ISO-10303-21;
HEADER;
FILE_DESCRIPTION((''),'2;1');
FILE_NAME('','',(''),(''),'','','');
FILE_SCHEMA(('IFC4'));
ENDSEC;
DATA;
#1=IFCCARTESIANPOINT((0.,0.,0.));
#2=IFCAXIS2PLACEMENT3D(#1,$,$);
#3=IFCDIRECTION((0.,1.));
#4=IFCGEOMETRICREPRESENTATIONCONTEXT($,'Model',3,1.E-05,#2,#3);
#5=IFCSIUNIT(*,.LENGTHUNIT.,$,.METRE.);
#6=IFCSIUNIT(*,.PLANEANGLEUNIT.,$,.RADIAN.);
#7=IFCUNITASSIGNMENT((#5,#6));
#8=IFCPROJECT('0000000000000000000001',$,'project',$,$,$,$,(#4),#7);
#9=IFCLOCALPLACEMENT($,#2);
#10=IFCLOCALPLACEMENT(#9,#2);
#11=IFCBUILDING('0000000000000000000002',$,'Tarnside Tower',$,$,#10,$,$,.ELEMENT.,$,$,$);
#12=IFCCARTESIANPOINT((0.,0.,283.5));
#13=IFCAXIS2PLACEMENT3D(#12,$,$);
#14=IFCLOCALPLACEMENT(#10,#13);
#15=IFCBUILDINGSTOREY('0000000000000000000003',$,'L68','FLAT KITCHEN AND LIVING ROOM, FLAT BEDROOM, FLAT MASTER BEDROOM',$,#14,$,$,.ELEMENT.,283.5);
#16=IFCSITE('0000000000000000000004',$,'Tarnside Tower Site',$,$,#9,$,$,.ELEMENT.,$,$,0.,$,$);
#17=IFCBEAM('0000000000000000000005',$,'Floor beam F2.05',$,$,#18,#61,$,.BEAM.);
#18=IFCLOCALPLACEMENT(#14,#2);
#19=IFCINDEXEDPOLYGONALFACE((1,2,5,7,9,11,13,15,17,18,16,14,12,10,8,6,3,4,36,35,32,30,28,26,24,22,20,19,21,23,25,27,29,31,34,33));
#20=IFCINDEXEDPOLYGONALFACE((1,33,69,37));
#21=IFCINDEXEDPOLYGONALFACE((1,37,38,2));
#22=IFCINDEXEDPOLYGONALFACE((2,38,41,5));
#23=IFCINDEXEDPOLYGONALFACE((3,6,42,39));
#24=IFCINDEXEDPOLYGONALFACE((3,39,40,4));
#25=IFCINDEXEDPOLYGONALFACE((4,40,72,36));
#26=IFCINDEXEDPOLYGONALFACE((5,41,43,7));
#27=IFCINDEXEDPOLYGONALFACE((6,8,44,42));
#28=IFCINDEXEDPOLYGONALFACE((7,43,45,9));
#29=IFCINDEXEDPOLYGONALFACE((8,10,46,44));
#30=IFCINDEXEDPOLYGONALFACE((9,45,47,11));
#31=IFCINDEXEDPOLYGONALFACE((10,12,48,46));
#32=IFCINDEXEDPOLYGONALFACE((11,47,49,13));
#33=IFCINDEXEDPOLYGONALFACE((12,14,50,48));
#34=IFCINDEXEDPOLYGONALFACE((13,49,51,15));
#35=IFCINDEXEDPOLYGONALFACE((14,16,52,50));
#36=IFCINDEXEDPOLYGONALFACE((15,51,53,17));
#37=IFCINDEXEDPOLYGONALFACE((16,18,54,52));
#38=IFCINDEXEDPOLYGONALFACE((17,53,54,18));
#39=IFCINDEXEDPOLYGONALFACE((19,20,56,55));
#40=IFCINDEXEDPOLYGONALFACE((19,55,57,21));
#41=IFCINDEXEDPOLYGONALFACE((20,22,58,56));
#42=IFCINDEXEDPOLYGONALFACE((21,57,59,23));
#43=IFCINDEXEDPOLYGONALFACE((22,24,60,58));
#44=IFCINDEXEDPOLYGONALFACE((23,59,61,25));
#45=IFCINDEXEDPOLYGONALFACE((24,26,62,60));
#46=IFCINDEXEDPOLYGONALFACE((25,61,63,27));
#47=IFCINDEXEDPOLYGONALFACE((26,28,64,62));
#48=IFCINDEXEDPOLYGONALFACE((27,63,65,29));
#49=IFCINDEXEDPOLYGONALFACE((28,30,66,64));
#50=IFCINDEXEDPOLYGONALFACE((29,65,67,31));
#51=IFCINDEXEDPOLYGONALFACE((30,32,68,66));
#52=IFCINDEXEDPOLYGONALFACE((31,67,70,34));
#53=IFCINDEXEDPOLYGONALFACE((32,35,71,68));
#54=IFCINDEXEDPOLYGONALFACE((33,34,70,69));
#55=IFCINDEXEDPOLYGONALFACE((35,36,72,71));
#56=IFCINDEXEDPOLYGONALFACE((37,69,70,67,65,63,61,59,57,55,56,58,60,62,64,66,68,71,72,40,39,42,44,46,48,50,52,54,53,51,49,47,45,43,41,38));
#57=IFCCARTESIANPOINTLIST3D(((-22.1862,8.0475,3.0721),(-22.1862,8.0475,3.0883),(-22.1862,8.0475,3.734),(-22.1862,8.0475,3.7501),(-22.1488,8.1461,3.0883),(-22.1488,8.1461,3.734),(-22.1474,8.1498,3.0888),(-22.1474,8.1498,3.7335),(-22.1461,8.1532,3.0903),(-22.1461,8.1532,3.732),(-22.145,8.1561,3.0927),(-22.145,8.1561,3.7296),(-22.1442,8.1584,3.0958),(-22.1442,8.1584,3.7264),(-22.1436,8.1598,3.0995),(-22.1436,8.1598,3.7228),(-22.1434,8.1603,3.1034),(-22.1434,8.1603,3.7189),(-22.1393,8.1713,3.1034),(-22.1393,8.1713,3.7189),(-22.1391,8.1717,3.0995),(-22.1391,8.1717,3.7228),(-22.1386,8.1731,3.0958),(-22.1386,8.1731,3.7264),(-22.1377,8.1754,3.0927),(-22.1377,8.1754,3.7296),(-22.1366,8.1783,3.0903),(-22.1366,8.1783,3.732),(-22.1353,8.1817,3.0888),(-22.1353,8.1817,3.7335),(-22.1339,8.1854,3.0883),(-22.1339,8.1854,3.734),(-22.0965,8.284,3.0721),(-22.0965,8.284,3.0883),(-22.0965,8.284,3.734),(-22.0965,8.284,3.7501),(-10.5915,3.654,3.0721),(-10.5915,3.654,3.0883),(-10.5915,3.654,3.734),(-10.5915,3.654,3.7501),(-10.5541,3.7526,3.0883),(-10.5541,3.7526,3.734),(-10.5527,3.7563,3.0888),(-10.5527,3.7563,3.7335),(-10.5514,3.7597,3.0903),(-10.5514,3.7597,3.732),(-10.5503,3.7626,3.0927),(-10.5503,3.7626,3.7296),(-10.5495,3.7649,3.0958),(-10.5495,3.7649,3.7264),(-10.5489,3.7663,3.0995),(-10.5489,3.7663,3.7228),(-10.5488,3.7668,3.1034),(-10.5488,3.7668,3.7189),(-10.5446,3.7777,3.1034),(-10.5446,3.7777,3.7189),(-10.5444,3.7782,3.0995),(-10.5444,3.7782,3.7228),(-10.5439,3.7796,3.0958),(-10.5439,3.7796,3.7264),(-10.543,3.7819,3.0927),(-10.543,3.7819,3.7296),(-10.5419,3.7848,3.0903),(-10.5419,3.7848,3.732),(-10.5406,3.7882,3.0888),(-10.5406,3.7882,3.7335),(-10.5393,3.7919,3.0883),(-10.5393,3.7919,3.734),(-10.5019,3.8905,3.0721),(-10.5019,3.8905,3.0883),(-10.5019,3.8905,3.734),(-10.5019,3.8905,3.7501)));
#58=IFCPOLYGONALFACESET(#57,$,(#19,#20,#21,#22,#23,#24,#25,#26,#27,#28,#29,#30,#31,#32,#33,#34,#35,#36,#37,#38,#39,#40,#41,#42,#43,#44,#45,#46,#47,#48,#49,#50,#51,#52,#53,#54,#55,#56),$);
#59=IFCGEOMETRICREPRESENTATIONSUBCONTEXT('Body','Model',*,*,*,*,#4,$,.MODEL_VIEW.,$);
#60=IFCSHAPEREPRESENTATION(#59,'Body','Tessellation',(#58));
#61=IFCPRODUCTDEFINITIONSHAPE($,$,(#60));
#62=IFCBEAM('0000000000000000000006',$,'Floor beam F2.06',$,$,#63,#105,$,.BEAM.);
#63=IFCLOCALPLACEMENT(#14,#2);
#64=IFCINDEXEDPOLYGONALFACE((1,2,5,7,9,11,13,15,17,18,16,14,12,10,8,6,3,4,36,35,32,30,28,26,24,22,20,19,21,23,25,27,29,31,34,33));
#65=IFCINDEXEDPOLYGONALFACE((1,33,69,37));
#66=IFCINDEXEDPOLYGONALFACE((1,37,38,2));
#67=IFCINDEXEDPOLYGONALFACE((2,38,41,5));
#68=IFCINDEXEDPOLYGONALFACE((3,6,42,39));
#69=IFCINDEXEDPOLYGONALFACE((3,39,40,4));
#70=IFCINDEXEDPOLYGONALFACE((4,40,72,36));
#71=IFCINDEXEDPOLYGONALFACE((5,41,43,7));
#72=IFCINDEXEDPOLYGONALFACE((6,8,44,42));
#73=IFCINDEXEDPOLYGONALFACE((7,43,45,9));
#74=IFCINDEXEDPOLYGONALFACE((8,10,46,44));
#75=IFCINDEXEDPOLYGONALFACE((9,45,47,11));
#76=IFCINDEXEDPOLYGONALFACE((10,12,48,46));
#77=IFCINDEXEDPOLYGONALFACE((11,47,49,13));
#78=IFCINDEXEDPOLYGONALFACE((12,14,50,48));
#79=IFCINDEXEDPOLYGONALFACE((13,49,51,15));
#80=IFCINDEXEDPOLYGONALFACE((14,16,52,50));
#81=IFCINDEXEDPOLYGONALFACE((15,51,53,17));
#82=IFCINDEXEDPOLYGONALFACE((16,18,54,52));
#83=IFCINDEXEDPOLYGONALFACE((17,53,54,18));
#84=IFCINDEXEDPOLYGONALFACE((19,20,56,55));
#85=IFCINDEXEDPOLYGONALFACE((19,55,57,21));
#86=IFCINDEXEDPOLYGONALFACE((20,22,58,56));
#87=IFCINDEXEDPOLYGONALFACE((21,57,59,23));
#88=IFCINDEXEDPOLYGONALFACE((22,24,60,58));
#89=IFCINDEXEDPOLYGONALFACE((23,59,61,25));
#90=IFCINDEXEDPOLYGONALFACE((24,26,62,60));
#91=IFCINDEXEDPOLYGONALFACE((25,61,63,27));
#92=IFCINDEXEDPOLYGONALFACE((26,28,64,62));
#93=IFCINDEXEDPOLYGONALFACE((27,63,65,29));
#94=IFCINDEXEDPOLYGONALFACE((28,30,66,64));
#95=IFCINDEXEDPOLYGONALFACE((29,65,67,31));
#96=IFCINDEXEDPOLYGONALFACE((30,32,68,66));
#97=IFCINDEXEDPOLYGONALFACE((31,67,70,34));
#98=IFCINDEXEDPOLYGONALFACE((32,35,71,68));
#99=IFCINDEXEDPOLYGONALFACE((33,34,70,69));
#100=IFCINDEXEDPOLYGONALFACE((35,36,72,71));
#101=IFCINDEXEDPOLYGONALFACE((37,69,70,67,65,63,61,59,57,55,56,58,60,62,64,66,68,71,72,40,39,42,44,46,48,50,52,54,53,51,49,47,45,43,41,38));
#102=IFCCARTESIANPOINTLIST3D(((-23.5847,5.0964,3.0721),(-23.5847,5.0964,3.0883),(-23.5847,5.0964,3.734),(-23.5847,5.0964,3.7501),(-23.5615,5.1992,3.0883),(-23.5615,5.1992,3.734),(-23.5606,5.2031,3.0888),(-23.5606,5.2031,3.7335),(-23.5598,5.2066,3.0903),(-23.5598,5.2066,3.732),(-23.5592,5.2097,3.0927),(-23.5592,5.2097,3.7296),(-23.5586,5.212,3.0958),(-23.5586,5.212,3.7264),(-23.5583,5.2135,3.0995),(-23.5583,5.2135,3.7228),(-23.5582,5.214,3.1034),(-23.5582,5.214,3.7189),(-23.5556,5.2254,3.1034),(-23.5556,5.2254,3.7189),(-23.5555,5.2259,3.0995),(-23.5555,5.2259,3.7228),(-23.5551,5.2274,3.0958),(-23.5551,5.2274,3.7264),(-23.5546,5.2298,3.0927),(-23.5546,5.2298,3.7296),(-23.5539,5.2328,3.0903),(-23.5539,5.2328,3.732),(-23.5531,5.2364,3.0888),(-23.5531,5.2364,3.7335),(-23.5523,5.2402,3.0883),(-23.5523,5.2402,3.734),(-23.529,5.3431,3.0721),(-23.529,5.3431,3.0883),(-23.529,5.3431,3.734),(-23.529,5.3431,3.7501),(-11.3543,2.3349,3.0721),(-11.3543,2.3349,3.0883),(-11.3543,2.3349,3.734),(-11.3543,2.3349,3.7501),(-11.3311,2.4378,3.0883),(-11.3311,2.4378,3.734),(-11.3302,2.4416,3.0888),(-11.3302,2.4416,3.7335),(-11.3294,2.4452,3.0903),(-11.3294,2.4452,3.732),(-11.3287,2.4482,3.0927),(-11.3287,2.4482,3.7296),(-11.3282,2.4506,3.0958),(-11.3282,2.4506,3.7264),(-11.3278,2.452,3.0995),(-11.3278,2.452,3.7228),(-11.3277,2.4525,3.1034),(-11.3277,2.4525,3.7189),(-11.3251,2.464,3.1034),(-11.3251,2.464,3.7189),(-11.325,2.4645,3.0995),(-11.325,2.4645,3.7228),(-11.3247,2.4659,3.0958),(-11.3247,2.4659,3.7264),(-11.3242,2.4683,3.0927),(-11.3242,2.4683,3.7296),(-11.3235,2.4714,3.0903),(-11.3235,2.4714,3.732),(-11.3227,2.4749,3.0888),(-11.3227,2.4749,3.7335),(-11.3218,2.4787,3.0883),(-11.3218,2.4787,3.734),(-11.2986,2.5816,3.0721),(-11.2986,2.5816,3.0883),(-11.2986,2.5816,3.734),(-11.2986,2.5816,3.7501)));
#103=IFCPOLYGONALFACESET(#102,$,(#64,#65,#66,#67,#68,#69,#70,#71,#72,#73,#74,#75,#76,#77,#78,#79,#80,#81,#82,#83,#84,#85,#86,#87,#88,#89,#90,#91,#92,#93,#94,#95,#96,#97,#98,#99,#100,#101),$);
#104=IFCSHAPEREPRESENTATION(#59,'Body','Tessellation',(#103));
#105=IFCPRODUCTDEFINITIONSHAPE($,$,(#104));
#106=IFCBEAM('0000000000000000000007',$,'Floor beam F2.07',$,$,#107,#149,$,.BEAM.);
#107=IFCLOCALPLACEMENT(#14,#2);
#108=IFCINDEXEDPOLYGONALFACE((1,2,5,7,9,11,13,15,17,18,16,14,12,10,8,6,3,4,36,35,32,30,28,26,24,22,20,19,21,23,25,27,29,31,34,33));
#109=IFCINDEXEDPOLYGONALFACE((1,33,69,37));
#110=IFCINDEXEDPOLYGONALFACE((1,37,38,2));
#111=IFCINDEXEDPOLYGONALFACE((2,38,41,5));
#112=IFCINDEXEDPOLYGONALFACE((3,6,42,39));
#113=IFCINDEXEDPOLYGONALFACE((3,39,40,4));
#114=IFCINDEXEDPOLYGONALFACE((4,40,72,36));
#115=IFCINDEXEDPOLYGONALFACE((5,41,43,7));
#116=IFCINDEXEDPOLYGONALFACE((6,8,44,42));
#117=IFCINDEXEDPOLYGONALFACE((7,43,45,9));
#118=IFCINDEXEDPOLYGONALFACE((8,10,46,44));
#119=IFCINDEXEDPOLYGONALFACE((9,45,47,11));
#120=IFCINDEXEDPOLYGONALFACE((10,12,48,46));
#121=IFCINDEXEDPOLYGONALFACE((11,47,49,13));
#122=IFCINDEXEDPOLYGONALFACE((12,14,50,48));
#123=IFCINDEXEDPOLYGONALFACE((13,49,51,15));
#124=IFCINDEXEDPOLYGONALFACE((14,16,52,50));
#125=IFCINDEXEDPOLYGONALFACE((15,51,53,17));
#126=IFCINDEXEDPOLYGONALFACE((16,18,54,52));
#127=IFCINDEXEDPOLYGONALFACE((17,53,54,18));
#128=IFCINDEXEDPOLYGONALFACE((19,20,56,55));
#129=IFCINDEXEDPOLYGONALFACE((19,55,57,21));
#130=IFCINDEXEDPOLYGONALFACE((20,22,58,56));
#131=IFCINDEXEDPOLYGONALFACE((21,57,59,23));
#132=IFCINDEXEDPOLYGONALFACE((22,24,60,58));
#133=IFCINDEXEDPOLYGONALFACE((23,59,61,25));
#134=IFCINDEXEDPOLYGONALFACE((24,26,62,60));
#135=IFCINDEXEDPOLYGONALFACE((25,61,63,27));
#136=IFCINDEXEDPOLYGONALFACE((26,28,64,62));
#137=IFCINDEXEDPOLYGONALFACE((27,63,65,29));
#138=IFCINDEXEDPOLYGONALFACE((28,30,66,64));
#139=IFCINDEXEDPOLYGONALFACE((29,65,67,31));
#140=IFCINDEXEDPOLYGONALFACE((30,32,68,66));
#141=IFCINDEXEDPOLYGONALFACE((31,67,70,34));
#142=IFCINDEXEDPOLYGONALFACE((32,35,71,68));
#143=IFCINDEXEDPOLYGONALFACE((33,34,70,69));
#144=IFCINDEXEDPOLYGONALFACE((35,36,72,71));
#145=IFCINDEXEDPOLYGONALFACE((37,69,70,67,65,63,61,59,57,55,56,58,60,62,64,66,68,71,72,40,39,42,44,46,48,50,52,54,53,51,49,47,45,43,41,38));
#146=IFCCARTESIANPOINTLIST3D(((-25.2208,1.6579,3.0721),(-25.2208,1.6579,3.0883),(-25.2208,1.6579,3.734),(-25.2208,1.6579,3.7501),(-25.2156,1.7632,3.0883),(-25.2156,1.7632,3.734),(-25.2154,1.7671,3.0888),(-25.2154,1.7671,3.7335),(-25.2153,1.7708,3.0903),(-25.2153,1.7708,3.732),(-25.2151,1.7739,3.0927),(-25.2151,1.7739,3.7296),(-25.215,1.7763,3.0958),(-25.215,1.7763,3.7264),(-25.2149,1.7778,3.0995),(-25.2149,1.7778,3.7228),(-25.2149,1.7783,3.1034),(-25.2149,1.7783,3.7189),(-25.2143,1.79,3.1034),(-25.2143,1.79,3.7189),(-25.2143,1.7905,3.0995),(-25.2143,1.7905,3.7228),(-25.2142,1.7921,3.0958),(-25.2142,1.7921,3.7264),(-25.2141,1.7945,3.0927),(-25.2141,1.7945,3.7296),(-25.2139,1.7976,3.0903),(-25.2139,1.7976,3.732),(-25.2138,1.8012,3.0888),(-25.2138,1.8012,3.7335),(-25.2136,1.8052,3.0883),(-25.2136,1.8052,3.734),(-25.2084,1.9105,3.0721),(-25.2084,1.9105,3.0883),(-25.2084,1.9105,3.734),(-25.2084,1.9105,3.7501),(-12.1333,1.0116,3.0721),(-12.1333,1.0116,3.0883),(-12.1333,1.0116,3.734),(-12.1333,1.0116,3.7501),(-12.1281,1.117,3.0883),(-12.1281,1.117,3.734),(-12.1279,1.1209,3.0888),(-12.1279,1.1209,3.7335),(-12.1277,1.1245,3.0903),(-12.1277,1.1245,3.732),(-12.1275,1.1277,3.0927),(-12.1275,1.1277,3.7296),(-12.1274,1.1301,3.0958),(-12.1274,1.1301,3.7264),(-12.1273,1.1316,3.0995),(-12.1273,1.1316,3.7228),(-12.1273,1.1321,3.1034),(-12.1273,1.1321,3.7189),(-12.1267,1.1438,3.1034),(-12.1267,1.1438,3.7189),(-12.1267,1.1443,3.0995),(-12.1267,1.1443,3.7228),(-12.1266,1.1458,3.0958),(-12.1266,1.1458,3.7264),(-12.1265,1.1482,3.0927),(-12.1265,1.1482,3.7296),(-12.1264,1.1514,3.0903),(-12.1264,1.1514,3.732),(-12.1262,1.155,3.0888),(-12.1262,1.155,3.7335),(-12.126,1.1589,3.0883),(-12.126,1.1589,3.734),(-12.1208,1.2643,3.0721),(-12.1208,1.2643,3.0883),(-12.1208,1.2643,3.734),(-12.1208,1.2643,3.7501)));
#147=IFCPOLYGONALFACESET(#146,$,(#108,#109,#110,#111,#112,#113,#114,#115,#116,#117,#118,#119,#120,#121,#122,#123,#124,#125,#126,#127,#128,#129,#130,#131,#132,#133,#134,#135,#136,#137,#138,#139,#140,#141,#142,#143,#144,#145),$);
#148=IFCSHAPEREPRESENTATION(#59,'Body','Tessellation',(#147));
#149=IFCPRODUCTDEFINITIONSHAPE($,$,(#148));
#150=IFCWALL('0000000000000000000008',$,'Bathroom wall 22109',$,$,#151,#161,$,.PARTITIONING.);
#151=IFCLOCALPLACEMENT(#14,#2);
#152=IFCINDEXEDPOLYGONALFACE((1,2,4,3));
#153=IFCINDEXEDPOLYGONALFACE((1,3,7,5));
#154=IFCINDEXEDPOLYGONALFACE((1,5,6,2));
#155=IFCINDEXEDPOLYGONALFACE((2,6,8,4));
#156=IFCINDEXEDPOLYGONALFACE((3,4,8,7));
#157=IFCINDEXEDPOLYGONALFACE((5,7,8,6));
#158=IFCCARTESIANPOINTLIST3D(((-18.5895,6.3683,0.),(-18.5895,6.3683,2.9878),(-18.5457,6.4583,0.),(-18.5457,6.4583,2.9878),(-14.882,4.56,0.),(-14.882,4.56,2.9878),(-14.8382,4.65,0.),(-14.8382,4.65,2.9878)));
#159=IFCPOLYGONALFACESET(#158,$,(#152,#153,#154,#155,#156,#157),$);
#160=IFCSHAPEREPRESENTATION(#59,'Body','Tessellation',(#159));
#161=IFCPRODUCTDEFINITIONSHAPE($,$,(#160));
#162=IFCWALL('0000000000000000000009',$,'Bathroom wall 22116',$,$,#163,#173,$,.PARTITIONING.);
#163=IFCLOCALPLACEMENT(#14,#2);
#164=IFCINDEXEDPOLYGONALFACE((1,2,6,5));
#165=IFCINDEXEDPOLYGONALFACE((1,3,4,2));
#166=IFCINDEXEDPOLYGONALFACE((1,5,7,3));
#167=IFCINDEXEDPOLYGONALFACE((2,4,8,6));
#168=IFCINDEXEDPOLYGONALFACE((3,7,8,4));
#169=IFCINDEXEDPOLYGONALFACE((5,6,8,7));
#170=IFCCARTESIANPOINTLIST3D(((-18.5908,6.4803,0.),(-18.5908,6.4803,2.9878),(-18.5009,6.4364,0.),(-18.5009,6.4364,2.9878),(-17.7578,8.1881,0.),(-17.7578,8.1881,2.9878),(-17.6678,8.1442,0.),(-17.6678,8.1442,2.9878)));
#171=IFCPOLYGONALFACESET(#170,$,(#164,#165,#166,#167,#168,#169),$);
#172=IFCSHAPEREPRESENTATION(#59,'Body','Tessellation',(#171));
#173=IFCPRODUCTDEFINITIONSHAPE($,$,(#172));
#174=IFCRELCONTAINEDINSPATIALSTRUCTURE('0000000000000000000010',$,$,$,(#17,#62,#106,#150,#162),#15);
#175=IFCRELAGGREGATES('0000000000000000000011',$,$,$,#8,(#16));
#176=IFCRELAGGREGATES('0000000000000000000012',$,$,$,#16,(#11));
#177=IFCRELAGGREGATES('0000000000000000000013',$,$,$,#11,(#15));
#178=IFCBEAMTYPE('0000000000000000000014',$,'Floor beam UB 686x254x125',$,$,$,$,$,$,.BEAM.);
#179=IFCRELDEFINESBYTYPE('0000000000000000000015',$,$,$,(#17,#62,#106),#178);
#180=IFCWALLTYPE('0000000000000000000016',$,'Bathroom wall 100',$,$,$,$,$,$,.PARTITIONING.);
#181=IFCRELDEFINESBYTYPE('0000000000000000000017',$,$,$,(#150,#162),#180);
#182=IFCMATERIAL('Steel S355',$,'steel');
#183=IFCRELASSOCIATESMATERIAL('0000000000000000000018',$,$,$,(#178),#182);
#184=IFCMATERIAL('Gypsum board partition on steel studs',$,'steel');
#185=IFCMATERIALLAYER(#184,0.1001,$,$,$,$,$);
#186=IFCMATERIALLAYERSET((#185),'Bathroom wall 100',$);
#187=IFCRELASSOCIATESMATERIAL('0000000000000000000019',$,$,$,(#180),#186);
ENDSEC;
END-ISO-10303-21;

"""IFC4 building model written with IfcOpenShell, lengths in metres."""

from ifc_helpers import new_model, si_unit, direction, frame, frame_2d, origin, origin_2d, place, context, subcontext, project, spatial, rectangle, i_section, extrude, material, layer, layer_set, material_profile, profile_set, type_object, element, save


model = new_model("IFC4")

# Units and contexts
model_context = context("Model", 3, precision=1e-05, world=origin(), true_north=direction((0.0, 1.0)))
body_context = subcontext(model_context, "Body", "Model", "MODEL_VIEW")
ifc_project = project(units=[si_unit("LENGTHUNIT", "METRE"), si_unit("PLANEANGLEUNIT", "RADIAN")], contexts=[model_context])

# Site, building, storey
site_placement = place(None, origin())
site = spatial("IfcSite", under=ifc_project, at=site_placement, Name="Tarnside Tower Site", CompositionType="ELEMENT", RefElevation=0.0)
building_placement = place(site_placement, origin())
building = spatial("IfcBuilding", under=site, at=building_placement, Name="Tarnside Tower", CompositionType="ELEMENT")
storey_placement = place(building_placement, frame((0.0, 0.0, 283.5)))
storey = spatial("IfcBuildingStorey", under=building, at=storey_placement, Name="L68", Description="FLAT KITCHEN AND LIVING ROOM, FLAT BEDROOM, FLAT MASTER BEDROOM", CompositionType="ELEMENT", Elevation=283.5)

# Beams
ifc_material_1 = material(Name="Steel S355", Category="steel")
ifc_material_profile = material_profile(ifc_material_1, i_section(OverallWidth=0.2529, OverallDepth=0.678, WebThickness=0.0117, FlangeThickness=0.0161, FilletRadius=0.0151, at=origin_2d()), Name="UB 686x254x125")
ifc_profile_set = profile_set([ifc_material_profile], Name="Steel S355")
beam_type = type_object("IfcBeamType", Name="Floor beam UB 686x254x125", PredefinedType="BEAM", material=ifc_profile_set)
beam_1_placement = place(storey_placement, frame((-22.1414, 8.1658, 3.4111), z_axis=(0.935116, -0.354341, 0.0), x_axis=(0.354341, 0.935116, 0.0)))
element("IfcBeam", 1, at=beam_1_placement, inside=storey, type_object=beam_type, Name="Floor beam F2.05", PredefinedType="BEAM", context=body_context, shape_type="SweptSolid", body=[
    extrude(i_section(OverallWidth=0.2529, OverallDepth=0.678, WebThickness=0.0117, FlangeThickness=0.0161, FilletRadius=0.0151, at=origin_2d()), origin(), (0.0, 0.0, 1.0), 12.3992),
])
beam_2_placement = place(storey_placement, frame((-23.5569, 5.2197, 3.4111), z_axis=(0.975445, -0.220242, 0.0), x_axis=(0.220242, 0.975445, 0.0)))
element("IfcBeam", 2, at=beam_2_placement, inside=storey, type_object=beam_type, Name="Floor beam F2.06", PredefinedType="BEAM", context=body_context, shape_type="SweptSolid", body=[
    extrude(i_section(OverallWidth=0.2529, OverallDepth=0.678, WebThickness=0.0117, FlangeThickness=0.0161, FilletRadius=0.0151, at=origin_2d()), origin(), (0.0, 0.0, 1.0), 12.5383),
])
beam_3_placement = place(storey_placement, frame((-25.2146, 1.7842, 3.4111), z_axis=(0.998783, -0.049318, 0.0), x_axis=(0.049318, 0.998783, 0.0)))
element("IfcBeam", 3, at=beam_3_placement, inside=storey, type_object=beam_type, Name="Floor beam F2.07", PredefinedType="BEAM", context=body_context, shape_type="SweptSolid", body=[
    extrude(i_section(OverallWidth=0.2529, OverallDepth=0.678, WebThickness=0.0117, FlangeThickness=0.0161, FilletRadius=0.0151, at=origin_2d()), origin(), (0.0, 0.0, 1.0), 13.1035),
])

# Walls
ifc_material_2 = material(Name="Gypsum board partition on steel studs", Category="steel")
ifc_layer_1 = layer(ifc_material_2, 0.1001)
ifc_layer_set_1 = layer_set([ifc_layer_1], Name="Bathroom wall 100")
wall_type_1 = type_object("IfcWallType", Name="Bathroom wall 100", PredefinedType="PARTITIONING", material=ifc_layer_set_1)
wall_1_placement = place(storey_placement, frame((-14.8601, 4.605, 0.0), z_axis=(0.0, 0.0, 1.0), x_axis=(-0.898787, 0.438385, 0.0)))
element("IfcWall", 4, at=wall_1_placement, inside=storey, type_object=wall_type_1, Name="Bathroom wall 22109", PredefinedType="PARTITIONING", context=body_context, shape_type="SweptSolid", body=[
    extrude(rectangle(XDim=4.125, YDim=0.1001, at=frame_2d((2.0625, 0.0))), origin(), (0.0, 0.0, 1.0), 2.9878),
])
wall_2_placement = place(storey_placement, frame((-18.5459, 6.4583, 0.0), z_axis=(0.0, 0.0, 1.0), x_axis=(0.438403, 0.898778, 0.0)))
element("IfcWall", 5, at=wall_2_placement, inside=storey, type_object=wall_type_1, Name="Bathroom wall 22116", PredefinedType="PARTITIONING", context=body_context, shape_type="SweptSolid", body=[
    extrude(rectangle(XDim=1.9001, YDim=0.1001, at=frame_2d((0.9502, 0.0))), origin(), (0.0, 0.0, 1.0), 2.9878),
])

save(model, "model.ifc")
